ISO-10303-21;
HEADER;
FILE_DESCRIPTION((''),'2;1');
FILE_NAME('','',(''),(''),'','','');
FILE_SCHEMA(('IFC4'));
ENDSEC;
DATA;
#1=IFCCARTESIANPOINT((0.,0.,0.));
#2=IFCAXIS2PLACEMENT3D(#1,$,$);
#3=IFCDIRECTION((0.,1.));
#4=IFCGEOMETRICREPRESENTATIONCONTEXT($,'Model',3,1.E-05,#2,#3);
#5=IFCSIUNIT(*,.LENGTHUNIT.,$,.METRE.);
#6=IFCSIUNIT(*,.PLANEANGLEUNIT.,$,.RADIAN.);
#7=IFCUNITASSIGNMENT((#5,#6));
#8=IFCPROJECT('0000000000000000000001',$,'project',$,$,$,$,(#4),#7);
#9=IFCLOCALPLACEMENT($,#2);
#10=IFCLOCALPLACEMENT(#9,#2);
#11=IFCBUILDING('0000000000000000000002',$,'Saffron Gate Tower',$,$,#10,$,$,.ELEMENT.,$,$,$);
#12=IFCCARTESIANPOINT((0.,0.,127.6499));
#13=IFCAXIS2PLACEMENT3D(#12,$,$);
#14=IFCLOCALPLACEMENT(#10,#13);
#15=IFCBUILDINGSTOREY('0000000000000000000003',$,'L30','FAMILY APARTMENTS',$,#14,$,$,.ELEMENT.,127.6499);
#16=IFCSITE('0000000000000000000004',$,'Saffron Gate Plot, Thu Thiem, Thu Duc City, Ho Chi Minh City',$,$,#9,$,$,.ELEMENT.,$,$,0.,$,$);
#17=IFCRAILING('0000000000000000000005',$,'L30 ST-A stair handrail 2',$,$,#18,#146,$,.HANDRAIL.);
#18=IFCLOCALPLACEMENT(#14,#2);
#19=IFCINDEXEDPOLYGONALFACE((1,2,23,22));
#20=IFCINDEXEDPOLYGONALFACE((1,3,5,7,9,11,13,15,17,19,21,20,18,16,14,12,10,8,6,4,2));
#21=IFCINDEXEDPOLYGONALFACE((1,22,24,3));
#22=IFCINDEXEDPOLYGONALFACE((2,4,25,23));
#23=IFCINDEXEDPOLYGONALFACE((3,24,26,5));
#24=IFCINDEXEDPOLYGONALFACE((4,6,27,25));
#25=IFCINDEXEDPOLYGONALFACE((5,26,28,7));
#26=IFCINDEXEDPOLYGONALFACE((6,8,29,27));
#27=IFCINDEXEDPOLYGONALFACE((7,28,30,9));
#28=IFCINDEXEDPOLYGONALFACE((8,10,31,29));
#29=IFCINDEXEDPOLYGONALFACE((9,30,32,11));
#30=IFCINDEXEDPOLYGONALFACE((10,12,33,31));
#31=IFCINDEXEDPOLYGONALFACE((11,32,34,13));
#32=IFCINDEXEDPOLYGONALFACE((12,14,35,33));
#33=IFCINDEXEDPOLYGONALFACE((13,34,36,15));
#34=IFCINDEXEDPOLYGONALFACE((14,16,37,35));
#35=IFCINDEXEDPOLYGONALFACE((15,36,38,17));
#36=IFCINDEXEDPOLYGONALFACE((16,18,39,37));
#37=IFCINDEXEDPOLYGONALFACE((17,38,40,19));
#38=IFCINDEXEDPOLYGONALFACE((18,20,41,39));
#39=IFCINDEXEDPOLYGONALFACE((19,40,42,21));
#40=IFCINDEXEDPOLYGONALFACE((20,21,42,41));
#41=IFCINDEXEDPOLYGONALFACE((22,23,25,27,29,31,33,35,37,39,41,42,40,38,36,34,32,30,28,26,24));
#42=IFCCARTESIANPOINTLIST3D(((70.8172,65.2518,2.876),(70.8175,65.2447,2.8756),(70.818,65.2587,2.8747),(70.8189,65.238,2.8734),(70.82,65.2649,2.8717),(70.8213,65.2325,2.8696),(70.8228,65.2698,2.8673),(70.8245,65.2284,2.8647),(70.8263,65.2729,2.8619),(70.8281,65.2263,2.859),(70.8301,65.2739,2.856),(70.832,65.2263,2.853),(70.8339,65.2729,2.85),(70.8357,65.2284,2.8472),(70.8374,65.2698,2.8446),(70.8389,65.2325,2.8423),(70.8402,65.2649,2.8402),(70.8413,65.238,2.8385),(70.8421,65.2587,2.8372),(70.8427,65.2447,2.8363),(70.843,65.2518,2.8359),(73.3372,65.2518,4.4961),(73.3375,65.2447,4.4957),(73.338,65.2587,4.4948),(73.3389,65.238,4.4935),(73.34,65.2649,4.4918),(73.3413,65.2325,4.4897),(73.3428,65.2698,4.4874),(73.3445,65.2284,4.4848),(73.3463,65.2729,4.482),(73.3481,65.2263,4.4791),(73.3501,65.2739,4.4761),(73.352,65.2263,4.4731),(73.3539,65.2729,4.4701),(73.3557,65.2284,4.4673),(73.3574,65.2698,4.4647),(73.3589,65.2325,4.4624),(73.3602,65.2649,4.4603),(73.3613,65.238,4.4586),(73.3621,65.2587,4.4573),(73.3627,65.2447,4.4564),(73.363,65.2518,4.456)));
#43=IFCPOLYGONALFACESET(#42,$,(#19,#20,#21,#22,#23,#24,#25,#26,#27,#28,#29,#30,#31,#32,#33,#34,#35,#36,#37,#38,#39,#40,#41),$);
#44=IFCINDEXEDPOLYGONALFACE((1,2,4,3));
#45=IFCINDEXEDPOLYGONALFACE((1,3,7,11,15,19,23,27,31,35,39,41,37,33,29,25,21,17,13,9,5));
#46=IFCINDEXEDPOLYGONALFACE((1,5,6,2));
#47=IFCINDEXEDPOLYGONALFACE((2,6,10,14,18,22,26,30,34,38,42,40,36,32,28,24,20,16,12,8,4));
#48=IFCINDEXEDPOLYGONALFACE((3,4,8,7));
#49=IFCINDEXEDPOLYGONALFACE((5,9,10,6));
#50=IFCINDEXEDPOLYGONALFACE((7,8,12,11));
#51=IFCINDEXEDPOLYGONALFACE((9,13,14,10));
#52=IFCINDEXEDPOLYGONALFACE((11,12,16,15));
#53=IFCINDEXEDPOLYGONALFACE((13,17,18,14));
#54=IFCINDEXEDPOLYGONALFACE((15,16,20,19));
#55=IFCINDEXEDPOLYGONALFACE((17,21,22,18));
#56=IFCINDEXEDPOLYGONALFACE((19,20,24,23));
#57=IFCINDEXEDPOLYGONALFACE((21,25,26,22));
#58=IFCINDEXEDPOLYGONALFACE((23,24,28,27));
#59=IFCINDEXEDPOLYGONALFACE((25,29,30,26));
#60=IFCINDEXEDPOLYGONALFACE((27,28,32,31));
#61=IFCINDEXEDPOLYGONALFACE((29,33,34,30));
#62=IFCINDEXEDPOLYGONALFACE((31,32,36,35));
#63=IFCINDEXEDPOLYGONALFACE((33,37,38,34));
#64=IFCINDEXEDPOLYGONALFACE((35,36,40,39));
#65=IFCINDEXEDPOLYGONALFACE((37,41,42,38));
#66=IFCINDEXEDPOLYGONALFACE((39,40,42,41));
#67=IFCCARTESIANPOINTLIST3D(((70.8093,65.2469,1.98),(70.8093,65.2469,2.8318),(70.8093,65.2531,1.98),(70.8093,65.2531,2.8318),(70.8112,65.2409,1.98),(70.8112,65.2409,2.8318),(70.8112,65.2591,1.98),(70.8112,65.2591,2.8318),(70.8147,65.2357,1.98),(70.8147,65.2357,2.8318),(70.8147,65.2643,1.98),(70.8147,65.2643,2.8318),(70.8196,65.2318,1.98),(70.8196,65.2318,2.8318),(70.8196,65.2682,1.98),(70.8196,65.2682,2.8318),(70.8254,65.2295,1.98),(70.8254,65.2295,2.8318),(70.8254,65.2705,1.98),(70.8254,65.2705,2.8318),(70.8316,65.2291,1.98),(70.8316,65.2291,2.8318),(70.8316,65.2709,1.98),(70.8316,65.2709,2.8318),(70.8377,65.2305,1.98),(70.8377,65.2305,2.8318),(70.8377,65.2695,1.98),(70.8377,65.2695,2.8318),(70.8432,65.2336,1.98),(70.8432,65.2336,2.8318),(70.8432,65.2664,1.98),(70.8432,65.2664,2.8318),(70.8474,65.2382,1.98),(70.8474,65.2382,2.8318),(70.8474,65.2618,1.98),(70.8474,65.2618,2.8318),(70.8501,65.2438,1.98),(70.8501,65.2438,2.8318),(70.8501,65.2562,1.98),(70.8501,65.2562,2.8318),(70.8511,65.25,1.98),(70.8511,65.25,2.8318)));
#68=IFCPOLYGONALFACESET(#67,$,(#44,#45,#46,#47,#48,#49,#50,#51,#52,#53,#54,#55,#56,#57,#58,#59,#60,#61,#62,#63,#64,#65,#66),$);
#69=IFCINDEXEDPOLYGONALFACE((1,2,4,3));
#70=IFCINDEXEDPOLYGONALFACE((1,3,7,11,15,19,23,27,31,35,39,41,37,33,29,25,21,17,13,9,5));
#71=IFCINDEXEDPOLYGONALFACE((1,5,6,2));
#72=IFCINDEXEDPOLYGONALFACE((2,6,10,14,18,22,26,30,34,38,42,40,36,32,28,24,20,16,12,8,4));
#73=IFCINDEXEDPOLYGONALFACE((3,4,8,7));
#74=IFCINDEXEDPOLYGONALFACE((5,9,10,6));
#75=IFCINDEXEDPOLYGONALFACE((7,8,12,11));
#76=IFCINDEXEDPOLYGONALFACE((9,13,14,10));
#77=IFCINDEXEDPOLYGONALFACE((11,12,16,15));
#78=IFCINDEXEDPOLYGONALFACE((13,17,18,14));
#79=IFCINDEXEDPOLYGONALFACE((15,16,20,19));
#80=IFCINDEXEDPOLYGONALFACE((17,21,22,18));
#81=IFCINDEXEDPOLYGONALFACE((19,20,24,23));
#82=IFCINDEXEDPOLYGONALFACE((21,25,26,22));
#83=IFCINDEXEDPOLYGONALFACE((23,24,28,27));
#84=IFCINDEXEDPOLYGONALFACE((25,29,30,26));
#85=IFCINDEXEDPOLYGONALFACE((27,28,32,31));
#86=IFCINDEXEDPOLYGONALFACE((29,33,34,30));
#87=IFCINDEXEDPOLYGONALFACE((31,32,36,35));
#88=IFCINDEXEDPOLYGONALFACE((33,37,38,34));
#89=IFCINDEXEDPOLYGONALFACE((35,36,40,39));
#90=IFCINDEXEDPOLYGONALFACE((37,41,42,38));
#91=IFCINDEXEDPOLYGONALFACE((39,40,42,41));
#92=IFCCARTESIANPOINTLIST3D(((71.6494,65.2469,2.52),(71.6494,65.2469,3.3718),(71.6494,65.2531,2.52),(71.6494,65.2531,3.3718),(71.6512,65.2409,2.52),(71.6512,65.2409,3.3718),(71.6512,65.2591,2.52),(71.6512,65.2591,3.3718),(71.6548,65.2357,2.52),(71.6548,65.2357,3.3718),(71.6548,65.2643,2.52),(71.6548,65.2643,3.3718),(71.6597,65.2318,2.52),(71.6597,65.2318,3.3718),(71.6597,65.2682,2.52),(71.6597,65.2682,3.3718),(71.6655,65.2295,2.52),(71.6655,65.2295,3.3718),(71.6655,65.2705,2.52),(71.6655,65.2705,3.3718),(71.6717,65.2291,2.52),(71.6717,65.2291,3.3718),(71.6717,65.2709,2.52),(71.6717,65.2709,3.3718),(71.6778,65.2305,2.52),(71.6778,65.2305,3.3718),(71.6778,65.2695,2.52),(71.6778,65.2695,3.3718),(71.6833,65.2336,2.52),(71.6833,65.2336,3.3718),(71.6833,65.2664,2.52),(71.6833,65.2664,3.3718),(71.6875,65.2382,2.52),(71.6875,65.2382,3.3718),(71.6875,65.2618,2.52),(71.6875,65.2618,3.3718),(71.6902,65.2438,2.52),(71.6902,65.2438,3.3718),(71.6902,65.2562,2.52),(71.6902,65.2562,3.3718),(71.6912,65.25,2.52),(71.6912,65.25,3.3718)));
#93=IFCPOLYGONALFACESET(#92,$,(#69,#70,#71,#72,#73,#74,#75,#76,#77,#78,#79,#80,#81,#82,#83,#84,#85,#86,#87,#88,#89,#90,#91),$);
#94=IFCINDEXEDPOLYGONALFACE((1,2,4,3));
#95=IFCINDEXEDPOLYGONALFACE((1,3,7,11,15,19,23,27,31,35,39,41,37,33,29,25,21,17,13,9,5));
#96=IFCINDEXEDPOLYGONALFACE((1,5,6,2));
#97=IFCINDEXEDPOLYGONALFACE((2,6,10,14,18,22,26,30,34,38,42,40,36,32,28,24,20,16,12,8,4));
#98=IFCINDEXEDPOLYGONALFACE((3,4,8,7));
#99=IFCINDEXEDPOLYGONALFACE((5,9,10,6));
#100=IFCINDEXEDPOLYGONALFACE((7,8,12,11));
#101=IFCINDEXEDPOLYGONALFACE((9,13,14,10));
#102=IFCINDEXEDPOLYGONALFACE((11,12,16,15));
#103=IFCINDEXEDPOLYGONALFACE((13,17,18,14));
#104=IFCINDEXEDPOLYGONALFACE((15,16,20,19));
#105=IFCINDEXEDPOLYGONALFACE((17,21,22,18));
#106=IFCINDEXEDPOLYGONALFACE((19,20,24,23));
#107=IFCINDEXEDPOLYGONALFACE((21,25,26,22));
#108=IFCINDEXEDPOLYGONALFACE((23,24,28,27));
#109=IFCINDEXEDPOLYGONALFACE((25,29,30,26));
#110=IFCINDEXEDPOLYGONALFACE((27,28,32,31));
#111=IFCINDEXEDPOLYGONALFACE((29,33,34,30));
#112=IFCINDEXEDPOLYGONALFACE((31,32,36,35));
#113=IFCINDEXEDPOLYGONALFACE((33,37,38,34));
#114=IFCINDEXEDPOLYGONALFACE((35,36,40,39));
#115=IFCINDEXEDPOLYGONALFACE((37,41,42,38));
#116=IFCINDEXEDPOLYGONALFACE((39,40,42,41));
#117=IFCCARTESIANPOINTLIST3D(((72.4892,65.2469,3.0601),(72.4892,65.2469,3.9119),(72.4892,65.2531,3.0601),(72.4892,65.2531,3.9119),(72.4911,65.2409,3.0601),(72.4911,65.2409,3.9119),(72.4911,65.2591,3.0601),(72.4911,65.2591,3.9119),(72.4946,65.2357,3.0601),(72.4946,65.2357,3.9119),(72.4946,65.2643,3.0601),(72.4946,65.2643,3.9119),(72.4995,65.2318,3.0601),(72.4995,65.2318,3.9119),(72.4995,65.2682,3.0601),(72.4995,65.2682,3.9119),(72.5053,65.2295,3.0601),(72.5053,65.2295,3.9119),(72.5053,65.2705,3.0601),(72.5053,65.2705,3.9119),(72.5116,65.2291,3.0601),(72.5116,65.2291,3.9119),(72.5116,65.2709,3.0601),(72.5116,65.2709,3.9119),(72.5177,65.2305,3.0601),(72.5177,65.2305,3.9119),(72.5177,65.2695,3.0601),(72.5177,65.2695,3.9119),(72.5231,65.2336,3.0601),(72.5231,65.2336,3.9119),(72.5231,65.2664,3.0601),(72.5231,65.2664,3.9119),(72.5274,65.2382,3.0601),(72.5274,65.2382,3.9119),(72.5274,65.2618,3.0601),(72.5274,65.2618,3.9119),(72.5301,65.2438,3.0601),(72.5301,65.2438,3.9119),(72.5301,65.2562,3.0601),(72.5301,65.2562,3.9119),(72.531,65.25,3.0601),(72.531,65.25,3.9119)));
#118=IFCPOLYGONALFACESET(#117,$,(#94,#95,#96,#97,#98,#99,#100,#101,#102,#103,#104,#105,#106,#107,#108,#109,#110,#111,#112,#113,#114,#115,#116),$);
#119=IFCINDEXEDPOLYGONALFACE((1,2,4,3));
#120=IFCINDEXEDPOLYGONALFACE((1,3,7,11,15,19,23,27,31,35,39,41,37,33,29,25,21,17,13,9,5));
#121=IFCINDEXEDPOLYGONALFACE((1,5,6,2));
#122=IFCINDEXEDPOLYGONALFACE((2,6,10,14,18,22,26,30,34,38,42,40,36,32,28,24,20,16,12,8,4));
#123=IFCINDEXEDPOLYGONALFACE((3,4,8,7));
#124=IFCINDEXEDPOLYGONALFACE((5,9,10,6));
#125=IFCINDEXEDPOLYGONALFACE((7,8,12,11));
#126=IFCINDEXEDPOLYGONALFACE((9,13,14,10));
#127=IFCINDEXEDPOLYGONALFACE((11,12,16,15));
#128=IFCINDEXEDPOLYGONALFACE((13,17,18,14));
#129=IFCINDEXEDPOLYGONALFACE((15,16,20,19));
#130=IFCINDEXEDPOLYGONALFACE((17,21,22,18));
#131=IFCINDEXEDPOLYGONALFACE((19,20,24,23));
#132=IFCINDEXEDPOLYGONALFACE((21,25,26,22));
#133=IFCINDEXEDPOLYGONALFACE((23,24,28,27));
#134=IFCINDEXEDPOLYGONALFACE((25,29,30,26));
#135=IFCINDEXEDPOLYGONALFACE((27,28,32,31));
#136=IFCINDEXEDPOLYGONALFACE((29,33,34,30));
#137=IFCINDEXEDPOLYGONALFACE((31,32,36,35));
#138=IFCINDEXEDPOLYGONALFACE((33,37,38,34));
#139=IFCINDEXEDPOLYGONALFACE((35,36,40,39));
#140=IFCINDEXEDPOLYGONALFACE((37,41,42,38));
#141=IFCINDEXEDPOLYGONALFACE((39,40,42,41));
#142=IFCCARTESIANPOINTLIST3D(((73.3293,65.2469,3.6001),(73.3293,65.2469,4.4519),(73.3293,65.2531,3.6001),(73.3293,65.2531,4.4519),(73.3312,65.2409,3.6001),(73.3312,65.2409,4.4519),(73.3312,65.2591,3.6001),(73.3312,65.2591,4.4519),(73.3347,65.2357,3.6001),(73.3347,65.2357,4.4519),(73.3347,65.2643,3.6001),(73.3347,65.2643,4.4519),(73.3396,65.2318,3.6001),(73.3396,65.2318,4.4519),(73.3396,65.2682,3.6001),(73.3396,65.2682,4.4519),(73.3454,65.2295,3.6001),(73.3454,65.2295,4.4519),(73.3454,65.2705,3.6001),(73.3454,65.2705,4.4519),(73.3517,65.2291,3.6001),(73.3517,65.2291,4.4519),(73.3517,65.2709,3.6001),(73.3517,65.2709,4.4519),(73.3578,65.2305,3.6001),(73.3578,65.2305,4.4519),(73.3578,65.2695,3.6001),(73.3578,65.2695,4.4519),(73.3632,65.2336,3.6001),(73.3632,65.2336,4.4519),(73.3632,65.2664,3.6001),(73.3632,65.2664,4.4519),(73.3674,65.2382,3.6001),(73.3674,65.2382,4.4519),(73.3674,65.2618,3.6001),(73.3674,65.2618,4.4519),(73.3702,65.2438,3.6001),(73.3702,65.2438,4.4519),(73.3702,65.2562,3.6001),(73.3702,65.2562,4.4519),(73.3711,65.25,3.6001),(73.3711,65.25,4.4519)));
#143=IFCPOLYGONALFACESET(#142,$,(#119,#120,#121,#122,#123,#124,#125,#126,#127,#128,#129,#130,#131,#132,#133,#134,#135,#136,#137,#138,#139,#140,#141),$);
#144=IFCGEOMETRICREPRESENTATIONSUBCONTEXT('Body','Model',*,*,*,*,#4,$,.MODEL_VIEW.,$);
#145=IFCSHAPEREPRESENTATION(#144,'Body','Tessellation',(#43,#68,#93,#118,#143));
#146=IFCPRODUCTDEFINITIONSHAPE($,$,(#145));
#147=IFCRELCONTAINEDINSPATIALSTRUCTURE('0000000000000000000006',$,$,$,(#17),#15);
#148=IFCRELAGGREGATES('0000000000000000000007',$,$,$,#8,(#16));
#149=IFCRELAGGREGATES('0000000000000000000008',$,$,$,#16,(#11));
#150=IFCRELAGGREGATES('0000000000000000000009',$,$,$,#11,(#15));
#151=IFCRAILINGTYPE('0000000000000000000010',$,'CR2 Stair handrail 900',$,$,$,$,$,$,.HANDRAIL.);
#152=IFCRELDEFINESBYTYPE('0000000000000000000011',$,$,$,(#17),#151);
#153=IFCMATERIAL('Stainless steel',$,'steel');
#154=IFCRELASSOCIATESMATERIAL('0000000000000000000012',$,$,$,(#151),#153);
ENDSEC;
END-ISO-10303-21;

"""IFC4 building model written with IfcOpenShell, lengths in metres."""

from ifc_helpers import new_model, si_unit, direction, frame, origin, origin_2d, place, context, subcontext, project, spatial, circle, extrude, material, type_object, element, save


model = new_model("IFC4")

# Units and contexts
model_context = context("Model", 3, precision=1e-05, world=origin(), true_north=direction((0.0, 1.0)))
body_context = subcontext(model_context, "Body", "Model", "MODEL_VIEW")
ifc_project = project(units=[si_unit("LENGTHUNIT", "METRE"), si_unit("PLANEANGLEUNIT", "RADIAN")], contexts=[model_context])

# Site, building, storey
site_placement = place(None, origin())
site = spatial("IfcSite", under=ifc_project, at=site_placement, Name="Saffron Gate Plot, Thu Thiem, Thu Duc City, Ho Chi Minh City", CompositionType="ELEMENT", RefElevation=0.0)
building_placement = place(site_placement, origin())
building = spatial("IfcBuilding", under=site, at=building_placement, Name="Saffron Gate Tower", CompositionType="ELEMENT")
storey_placement = place(building_placement, frame((0.0, 0.0, 127.6499)))
storey = spatial("IfcBuildingStorey", under=building, at=storey_placement, Name="L30", Description="FAMILY APARTMENTS", CompositionType="ELEMENT", Elevation=127.6499)

# Railing
ifc_material_1 = material(Name="Stainless steel", Category="steel")
railing_type_1 = type_object("IfcRailingType", Name="CR2 Stair handrail 900", PredefinedType="HANDRAIL", material=ifc_material_1)
railing_1_placement = place(storey_placement, frame((70.8301, 65.25, 1.98)))
element("IfcRailing", 1, at=railing_1_placement, inside=storey, type_object=railing_type_1, Name="L30 ST-A stair handrail 2", PredefinedType="HANDRAIL", context=body_context, shape_type="SweptSolid", body=[
    extrude(circle(Radius=0.0239, at=origin_2d()), frame((0.0, 0.0, 0.876), z_axis=(0.841163, 0.0, 0.540782), x_axis=(0.0, 1.0, 0.0)), (0.0, 0.0, 1.0), 2.9958),
    extrude(circle(Radius=0.021, at=origin_2d()), origin(), (0.0, 0.0, 1.0), 0.8518),
    extrude(circle(Radius=0.021, at=origin_2d()), frame((0.8401, 0.0, 0.54)), (0.0, 0.0, 1.0), 0.8518),
    extrude(circle(Radius=0.021, at=origin_2d()), frame((1.6799, 0.0, 1.0801)), (0.0, 0.0, 1.0), 0.8518),
    extrude(circle(Radius=0.021, at=origin_2d()), frame((2.52, 0.0, 1.6201)), (0.0, 0.0, 1.0), 0.8518),
])

save(model, "model.ifc")
